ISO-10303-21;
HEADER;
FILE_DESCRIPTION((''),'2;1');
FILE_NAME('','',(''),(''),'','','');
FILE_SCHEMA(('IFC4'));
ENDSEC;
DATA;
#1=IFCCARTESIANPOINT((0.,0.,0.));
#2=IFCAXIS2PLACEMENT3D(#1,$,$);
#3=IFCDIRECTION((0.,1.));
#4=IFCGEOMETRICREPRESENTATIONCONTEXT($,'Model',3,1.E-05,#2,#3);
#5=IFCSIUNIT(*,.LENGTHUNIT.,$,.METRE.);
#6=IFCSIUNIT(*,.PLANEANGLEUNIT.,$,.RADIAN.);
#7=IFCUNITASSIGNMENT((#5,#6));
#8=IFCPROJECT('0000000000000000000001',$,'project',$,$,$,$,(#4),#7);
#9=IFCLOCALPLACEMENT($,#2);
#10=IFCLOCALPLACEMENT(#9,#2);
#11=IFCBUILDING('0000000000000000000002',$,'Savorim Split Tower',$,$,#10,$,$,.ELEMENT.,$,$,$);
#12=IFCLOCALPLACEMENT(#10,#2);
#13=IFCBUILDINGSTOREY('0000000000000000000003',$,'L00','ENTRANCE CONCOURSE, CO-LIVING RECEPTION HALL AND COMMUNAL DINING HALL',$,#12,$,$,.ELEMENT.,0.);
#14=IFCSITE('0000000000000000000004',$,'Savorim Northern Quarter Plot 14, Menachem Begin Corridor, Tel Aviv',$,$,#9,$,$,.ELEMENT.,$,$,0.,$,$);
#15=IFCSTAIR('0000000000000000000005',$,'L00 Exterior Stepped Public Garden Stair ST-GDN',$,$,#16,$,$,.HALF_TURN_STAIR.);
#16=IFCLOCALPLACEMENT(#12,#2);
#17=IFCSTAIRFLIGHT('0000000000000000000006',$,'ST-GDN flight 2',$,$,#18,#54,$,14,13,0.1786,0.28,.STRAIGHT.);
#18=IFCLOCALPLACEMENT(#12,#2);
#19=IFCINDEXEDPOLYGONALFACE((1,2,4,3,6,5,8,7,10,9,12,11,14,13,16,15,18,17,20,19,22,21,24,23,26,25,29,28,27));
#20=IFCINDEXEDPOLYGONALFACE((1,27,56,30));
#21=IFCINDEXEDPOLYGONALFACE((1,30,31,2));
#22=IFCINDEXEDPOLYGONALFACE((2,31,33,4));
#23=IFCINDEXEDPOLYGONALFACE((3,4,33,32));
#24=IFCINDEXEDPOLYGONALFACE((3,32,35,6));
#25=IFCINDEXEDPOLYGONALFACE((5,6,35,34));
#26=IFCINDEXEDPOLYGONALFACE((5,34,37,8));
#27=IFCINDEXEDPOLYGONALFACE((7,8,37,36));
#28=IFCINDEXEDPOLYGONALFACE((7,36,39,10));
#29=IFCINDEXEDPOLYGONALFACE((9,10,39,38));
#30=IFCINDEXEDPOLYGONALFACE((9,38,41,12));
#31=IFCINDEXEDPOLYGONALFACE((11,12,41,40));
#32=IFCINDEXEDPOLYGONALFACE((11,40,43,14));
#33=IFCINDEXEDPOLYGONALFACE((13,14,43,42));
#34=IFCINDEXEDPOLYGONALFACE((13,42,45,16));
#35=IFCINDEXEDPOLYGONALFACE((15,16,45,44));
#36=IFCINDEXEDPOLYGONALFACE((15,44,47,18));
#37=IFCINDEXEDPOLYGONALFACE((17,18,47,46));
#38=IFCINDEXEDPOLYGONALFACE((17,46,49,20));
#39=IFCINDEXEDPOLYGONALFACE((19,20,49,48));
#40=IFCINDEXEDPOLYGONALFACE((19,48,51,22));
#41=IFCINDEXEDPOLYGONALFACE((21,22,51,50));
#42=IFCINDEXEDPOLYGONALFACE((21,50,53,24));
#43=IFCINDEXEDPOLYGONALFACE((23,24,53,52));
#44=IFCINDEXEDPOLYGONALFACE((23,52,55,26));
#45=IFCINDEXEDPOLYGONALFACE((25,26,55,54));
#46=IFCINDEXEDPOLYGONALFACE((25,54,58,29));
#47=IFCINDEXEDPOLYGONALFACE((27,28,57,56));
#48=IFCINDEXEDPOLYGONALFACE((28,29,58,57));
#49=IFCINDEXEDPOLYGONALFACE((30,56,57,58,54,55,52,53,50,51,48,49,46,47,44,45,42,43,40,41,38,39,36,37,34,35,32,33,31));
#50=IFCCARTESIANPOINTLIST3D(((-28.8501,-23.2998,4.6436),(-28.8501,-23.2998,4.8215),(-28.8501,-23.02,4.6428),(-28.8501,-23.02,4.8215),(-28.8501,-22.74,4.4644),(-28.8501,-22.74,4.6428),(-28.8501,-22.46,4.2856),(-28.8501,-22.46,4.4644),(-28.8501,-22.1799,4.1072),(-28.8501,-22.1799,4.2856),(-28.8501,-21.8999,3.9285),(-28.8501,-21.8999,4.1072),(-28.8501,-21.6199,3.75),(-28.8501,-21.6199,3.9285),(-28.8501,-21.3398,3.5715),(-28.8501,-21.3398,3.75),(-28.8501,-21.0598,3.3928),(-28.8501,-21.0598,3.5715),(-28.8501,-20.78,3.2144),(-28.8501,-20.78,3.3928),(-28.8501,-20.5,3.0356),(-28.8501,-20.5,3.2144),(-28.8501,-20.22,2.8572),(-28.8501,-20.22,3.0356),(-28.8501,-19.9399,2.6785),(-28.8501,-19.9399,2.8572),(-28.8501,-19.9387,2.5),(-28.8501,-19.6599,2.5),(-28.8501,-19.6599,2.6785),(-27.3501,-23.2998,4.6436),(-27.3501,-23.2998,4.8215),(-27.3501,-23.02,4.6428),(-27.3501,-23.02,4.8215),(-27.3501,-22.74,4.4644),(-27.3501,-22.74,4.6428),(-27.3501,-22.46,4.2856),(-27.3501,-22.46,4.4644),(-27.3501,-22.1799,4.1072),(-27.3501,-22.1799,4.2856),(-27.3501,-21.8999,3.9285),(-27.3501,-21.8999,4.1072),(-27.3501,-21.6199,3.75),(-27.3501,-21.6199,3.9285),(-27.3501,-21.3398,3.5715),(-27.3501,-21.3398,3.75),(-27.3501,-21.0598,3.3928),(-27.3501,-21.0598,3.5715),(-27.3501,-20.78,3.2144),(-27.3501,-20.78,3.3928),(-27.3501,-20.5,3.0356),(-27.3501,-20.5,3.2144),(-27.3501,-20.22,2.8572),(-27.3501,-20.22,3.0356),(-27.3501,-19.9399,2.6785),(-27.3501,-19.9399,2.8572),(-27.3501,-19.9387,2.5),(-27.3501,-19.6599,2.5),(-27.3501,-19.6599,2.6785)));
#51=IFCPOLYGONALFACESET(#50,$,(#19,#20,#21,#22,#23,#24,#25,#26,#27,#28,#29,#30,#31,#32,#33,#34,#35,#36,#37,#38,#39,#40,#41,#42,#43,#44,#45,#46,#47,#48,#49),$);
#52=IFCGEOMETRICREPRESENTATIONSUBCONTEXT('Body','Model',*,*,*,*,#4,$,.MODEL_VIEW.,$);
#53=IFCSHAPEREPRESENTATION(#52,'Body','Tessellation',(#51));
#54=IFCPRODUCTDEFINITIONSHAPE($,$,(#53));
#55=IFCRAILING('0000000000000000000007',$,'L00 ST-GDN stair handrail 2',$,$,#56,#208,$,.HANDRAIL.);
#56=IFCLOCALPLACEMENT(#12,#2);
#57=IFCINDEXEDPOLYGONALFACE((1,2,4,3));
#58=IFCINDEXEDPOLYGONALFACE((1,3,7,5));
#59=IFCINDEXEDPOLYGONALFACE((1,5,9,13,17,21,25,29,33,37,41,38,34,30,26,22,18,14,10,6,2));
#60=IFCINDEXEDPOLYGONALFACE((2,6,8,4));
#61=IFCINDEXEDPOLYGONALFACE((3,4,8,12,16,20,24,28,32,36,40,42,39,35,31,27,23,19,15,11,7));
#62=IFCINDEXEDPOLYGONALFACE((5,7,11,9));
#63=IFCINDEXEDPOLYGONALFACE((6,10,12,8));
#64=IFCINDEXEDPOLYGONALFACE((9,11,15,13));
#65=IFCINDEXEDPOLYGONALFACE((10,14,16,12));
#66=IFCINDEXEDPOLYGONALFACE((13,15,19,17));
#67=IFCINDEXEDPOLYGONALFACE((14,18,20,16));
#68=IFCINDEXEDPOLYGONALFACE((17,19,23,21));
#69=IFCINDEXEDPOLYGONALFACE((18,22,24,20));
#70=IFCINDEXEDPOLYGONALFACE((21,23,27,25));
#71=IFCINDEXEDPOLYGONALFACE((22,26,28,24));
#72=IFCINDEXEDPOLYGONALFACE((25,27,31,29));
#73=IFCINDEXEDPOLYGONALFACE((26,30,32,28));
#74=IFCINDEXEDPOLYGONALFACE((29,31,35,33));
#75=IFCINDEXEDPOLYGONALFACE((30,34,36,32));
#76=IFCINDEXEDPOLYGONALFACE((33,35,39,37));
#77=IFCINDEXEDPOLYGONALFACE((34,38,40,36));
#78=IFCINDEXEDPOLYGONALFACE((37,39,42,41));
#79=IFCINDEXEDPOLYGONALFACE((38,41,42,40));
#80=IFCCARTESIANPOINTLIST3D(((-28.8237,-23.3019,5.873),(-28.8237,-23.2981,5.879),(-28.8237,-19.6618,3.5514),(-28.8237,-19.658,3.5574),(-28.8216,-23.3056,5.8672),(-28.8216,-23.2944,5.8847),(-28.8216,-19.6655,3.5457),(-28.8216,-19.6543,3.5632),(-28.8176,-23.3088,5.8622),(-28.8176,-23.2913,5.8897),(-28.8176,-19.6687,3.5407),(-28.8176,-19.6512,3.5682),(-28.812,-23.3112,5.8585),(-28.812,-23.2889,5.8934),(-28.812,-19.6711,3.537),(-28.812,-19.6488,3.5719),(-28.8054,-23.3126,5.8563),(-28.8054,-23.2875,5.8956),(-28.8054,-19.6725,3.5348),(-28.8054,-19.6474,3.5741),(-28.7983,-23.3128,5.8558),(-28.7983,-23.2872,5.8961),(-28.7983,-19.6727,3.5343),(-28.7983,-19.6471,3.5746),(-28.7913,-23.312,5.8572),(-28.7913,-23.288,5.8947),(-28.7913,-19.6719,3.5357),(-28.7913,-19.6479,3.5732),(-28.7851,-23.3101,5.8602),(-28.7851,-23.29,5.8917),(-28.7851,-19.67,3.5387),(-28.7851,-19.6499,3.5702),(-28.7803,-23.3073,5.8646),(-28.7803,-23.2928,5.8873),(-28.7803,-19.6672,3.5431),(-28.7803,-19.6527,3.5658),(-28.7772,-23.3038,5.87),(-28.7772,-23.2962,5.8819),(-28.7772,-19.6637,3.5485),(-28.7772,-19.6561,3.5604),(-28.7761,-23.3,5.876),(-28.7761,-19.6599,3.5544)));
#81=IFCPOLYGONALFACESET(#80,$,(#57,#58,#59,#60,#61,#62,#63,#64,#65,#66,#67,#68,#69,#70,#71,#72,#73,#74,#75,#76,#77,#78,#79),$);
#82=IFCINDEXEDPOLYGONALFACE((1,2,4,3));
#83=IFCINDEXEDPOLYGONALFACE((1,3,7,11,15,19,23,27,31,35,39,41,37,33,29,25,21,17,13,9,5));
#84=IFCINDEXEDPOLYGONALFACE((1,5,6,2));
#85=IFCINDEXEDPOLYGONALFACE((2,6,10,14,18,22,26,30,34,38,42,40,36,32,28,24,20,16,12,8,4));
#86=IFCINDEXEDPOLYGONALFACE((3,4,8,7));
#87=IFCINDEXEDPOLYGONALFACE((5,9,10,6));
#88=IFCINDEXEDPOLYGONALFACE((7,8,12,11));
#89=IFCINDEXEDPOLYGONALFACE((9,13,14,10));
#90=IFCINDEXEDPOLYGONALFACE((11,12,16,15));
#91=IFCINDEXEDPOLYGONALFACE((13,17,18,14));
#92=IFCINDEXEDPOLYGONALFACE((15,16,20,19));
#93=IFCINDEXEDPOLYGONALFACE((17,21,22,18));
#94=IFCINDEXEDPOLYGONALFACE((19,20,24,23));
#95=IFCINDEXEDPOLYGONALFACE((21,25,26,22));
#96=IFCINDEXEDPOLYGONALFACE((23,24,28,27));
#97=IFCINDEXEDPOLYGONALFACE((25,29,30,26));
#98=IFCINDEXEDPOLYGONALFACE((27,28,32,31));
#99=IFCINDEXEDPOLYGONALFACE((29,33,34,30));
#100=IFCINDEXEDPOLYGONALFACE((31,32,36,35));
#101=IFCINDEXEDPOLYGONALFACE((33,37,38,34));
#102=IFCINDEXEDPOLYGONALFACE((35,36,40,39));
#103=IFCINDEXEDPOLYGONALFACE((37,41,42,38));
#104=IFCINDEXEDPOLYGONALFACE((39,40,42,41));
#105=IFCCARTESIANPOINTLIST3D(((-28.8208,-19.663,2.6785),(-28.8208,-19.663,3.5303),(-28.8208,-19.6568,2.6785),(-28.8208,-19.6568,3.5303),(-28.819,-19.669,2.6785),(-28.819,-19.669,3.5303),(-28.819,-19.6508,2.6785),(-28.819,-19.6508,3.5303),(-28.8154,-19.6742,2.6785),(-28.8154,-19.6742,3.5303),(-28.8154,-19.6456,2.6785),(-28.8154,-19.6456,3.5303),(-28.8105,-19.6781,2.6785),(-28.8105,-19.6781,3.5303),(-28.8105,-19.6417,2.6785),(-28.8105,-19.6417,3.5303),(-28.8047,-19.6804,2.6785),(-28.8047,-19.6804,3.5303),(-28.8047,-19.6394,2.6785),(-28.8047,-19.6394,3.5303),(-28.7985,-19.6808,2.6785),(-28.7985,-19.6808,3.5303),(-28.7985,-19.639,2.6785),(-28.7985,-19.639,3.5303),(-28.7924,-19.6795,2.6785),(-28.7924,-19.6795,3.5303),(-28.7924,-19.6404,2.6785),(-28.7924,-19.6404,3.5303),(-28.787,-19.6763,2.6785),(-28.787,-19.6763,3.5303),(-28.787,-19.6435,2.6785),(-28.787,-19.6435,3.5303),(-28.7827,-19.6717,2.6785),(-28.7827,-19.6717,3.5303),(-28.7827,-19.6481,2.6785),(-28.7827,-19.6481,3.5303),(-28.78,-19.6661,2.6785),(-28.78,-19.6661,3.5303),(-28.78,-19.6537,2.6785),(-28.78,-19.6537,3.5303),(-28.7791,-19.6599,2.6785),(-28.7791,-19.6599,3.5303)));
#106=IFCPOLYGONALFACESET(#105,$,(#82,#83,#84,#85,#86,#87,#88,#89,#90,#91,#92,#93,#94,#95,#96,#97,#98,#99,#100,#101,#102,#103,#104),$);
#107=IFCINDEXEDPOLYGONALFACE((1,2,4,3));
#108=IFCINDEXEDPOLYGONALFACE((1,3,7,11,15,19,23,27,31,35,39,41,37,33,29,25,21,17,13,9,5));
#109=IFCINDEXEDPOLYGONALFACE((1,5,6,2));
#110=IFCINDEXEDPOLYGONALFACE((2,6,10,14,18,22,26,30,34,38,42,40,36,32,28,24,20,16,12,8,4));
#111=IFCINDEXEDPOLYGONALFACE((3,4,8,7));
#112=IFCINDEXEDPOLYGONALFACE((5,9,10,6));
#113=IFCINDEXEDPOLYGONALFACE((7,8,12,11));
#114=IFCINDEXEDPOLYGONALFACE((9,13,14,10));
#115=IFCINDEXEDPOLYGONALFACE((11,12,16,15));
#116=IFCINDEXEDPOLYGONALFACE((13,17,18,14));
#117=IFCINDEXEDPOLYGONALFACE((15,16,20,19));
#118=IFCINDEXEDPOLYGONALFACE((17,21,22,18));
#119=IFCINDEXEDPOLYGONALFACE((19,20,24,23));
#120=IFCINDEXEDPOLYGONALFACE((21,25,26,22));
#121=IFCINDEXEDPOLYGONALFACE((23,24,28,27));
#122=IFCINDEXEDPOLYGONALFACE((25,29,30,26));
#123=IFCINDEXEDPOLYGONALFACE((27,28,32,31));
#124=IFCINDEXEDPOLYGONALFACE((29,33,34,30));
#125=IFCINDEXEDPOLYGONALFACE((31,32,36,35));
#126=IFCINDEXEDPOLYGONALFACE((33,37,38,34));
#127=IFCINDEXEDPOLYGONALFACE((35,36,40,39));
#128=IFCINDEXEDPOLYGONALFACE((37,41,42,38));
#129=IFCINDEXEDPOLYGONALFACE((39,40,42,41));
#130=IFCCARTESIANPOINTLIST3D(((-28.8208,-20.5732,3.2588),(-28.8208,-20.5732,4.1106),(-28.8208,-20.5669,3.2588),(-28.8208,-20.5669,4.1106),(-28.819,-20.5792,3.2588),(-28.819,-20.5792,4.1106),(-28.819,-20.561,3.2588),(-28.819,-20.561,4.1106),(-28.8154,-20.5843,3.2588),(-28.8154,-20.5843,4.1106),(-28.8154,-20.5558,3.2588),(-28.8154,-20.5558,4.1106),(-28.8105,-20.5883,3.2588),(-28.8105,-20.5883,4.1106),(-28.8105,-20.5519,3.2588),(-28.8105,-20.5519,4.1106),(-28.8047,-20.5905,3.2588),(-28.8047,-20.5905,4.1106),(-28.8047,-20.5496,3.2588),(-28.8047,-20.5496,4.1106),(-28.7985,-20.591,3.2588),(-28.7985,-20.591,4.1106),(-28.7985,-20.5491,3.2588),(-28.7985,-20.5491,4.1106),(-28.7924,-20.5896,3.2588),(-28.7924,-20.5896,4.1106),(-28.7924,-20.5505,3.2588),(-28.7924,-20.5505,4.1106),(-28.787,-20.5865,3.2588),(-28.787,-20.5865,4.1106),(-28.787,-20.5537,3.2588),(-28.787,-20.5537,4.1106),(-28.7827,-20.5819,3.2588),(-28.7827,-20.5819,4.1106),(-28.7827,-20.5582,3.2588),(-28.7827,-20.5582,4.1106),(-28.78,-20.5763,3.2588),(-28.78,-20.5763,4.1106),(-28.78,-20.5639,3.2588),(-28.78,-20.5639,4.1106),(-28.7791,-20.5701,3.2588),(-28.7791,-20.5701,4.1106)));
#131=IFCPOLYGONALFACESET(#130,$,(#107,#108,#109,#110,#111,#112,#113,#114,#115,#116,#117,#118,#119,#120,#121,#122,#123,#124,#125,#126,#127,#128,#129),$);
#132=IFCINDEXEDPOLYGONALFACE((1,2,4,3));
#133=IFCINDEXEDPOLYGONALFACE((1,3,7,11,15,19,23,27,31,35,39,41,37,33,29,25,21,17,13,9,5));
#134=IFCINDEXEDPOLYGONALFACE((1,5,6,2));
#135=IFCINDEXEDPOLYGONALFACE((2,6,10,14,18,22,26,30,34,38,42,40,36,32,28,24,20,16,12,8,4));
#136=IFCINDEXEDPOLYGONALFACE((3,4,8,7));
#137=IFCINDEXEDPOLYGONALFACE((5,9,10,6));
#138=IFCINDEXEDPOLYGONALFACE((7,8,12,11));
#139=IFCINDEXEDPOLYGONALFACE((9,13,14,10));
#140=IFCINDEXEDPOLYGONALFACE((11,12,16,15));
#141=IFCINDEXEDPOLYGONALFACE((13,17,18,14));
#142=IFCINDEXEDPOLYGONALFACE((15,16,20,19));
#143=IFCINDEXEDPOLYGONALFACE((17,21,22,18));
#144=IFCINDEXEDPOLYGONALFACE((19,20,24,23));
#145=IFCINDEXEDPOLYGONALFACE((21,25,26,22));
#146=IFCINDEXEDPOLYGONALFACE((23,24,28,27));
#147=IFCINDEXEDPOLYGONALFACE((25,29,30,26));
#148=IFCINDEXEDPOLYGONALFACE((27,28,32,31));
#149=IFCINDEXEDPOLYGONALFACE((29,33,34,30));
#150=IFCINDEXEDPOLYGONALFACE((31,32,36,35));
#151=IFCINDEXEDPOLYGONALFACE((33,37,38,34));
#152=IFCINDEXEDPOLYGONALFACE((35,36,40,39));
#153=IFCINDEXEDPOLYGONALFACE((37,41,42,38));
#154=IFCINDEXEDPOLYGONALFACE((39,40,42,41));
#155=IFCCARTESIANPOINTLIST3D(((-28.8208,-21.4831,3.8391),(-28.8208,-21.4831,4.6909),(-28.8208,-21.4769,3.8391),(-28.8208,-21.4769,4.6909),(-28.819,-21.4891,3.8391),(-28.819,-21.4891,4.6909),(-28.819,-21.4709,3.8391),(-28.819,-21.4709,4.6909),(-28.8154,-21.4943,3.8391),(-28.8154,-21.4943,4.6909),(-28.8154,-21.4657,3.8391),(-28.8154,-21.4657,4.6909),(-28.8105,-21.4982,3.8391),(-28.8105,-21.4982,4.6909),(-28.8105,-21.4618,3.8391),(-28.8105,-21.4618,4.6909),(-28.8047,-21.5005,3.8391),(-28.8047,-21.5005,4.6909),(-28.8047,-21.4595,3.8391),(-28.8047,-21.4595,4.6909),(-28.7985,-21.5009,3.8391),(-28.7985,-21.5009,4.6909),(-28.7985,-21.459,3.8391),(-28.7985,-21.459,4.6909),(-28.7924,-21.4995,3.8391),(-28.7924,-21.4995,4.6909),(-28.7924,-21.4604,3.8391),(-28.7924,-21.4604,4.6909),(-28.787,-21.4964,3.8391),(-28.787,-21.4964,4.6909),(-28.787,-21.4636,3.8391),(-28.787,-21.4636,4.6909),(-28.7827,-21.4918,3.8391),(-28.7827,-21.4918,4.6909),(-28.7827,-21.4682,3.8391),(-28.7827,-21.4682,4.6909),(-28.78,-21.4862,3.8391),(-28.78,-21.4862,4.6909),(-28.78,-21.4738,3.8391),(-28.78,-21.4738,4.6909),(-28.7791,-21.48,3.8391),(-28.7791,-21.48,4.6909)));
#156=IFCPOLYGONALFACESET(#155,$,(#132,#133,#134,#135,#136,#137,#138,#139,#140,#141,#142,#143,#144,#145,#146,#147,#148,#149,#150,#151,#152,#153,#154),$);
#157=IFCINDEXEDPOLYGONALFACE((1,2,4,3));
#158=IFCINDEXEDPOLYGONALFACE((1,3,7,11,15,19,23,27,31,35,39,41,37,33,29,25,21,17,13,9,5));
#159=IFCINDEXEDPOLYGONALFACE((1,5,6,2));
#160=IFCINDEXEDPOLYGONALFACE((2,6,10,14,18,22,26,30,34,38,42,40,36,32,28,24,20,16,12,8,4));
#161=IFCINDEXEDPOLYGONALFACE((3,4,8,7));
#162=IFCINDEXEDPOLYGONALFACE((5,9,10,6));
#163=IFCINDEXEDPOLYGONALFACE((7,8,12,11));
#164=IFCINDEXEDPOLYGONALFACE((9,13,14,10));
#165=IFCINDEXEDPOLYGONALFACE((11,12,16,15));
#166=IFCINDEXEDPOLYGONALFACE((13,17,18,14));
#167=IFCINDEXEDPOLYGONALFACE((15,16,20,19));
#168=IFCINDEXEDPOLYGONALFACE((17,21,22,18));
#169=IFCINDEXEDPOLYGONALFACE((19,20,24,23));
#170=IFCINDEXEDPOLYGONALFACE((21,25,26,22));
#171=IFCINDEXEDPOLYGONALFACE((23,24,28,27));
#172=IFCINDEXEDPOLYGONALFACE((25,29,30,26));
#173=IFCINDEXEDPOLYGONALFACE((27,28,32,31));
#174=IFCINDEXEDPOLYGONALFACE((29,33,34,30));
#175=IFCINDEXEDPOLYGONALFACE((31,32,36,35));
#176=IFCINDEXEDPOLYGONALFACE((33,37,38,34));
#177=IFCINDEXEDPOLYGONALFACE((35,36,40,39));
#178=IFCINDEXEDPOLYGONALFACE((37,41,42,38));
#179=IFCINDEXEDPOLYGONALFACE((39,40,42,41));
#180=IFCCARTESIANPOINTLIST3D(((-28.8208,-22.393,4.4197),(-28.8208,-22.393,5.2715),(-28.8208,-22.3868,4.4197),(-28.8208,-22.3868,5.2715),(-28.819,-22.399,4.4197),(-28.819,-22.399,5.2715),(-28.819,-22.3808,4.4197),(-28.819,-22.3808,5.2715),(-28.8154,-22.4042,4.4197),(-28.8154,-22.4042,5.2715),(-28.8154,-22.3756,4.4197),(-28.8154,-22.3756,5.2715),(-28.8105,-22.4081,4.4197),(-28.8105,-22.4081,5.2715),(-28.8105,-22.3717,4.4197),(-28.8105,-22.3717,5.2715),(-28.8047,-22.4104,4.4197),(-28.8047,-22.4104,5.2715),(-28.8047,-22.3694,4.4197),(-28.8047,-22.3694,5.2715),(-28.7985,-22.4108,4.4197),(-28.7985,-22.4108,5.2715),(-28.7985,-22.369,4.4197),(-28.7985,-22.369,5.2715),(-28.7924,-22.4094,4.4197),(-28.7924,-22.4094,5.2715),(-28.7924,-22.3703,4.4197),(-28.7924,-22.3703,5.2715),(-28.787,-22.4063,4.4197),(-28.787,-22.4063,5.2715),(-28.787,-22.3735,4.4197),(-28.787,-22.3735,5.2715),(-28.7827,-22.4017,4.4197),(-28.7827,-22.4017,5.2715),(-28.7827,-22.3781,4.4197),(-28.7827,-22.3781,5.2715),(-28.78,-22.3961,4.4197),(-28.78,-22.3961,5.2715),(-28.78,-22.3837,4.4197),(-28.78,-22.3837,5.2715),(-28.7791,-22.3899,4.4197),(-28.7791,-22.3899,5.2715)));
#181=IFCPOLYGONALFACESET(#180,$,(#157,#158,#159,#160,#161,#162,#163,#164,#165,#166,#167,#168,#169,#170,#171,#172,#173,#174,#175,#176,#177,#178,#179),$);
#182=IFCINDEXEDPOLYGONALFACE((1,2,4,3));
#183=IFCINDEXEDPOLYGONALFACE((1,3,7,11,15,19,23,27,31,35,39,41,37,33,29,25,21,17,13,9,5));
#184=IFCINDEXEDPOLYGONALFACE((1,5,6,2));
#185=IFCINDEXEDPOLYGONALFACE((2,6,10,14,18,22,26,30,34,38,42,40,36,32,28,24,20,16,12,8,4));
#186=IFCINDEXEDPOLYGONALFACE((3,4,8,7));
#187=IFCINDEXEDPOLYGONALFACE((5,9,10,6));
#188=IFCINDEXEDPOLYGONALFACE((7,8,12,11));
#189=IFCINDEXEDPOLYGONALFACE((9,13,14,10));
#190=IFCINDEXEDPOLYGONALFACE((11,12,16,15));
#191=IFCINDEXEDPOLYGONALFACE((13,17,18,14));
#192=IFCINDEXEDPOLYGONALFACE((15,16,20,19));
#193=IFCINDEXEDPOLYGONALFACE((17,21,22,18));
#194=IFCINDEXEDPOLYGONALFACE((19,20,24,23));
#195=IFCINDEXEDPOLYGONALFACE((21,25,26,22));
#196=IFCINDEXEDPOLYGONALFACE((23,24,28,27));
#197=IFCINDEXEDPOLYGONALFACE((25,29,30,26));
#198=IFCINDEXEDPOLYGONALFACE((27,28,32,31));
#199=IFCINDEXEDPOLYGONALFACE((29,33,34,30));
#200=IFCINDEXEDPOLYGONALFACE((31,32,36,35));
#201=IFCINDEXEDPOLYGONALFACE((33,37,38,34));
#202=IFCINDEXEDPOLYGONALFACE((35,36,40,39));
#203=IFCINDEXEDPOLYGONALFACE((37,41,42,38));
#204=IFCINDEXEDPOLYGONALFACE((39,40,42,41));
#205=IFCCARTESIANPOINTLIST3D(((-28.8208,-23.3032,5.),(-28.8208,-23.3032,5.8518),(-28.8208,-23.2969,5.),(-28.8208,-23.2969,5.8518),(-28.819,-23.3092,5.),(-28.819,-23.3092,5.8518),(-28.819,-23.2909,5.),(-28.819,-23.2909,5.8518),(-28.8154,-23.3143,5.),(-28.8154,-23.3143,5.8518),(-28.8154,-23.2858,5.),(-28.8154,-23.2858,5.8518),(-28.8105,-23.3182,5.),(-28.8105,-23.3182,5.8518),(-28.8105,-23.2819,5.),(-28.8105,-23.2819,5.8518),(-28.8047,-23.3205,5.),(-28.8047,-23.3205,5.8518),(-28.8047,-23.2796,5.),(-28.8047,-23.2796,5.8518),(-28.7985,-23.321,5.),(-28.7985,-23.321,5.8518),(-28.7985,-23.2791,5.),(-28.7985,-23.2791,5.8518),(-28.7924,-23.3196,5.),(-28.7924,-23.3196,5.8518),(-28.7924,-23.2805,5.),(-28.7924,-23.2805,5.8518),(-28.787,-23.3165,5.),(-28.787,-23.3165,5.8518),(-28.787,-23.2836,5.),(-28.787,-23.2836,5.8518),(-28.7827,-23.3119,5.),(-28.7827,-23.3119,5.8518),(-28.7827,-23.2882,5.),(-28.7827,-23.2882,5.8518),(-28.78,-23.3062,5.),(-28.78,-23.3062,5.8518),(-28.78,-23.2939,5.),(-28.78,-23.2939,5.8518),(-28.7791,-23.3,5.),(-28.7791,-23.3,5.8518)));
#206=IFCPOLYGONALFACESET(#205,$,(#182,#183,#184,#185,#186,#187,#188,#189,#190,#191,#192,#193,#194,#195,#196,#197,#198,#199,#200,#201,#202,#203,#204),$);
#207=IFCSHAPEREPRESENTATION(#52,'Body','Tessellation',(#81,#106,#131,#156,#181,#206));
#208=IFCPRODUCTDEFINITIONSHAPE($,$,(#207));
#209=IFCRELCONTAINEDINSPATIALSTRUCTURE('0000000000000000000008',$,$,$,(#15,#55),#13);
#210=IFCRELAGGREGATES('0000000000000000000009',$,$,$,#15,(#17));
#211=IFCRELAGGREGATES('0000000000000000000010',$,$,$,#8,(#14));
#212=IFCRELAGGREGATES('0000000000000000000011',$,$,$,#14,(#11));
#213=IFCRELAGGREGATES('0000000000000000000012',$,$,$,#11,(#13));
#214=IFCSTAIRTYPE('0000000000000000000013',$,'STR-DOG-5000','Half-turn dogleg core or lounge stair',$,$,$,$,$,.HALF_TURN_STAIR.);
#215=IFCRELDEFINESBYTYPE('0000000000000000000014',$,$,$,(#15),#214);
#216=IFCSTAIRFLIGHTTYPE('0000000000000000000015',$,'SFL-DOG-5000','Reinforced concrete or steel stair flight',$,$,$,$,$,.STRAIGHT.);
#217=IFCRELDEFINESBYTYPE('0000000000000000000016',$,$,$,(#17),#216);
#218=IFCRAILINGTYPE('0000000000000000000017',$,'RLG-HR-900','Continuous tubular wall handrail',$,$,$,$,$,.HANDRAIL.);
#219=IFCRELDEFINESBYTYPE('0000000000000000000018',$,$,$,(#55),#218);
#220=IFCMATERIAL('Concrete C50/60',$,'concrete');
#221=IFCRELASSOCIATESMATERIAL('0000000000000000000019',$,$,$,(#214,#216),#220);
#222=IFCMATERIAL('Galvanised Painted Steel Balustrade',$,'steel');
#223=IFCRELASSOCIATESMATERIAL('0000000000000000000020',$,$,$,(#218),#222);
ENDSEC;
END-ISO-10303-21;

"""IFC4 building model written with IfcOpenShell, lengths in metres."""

from ifc_helpers import new_model, si_unit, direction, frame, origin, origin_2d, place, context, subcontext, project, spatial, polyline, circle, outline, extrude, material, type_object, element, aggregate, save


model = new_model("IFC4")

# Units and contexts
model_context = context("Model", 3, precision=1e-05, world=origin(), true_north=direction((0.0, 1.0)))
body_context = subcontext(model_context, "Body", "Model", "MODEL_VIEW")
ifc_project = project(units=[si_unit("LENGTHUNIT", "METRE"), si_unit("PLANEANGLEUNIT", "RADIAN")], contexts=[model_context])

# Site, building, storey
site_placement = place(None, origin())
site = spatial("IfcSite", under=ifc_project, at=site_placement, Name="Savorim Northern Quarter Plot 14, Menachem Begin Corridor, Tel Aviv", CompositionType="ELEMENT", RefElevation=0.0)
building_placement = place(site_placement, origin())
building = spatial("IfcBuilding", under=site, at=building_placement, Name="Savorim Split Tower", CompositionType="ELEMENT")
storey_placement = place(building_placement, origin())
storey = spatial("IfcBuildingStorey", under=building, at=storey_placement, Name="L00", Description="ENTRANCE CONCOURSE, CO-LIVING RECEPTION HALL AND COMMUNAL DINING HALL", CompositionType="ELEMENT", Elevation=0.0)

# Stair, stair flight
ifc_material_1 = material(Name="Concrete C50/60", Category="concrete")
stair_type = type_object("IfcStairType", Name="STR-DOG-5000", Description="Half-turn dogleg core or lounge stair", PredefinedType="HALF_TURN_STAIR", material=ifc_material_1)
stair_placement = place(storey_placement, origin())
stair = element("IfcStair", 1, at=stair_placement, inside=storey, type_object=stair_type, Name="L00 Exterior Stepped Public Garden Stair ST-GDN", PredefinedType="HALF_TURN_STAIR")
stair_flight_type = type_object("IfcStairFlightType", Name="SFL-DOG-5000", Description="Reinforced concrete or steel stair flight", PredefinedType="STRAIGHT", material=ifc_material_1)
stair_flight_placement = place(storey_placement, frame((-28.1001, -19.6599, 2.5), z_axis=(0.0, 0.0, 1.0), x_axis=(0.0, -1.0, 0.0)))
stair_flight = element("IfcStairFlight", 2, at=stair_flight_placement, type_object=stair_flight_type, Name="ST-GDN flight 2", NumberOfRisers=14, NumberOfTreads=13, PredefinedType="STRAIGHT", RiserHeight=0.1786, TreadLength=0.28, context=body_context, shape_type="SweptSolid", body=[
    extrude(outline(polyline([(0.0, 0.0), (0.0, 0.1785), (0.28, 0.1785), (0.28, 0.3572), (0.5601, 0.3572), (0.5601, 0.5356), (0.8401, 0.5356), (0.8401, 0.7144), (1.1201, 0.7144), (1.1201, 0.8928), (1.3999, 0.8928), (1.3999, 1.0715), (1.6799, 1.0715), (1.6799, 1.25), (1.96, 1.25), (1.96, 1.4285), (2.24, 1.4285), (2.24, 1.6072), (2.52, 1.6072), (2.52, 1.7856), (2.8, 1.7856), (2.8, 1.9644), (3.0801, 1.9644), (3.0801, 2.1428), (3.3601, 2.1428), (3.3601, 2.3215), (3.6399, 2.3215), (3.6399, 2.5), (3.6399, 2.1436), (0.2788, 0.0), (0.0, 0.0)])), frame((0.0, 0.75, 0.0), z_axis=(0.0, -1.0, 0.0), x_axis=(1.0, 0.0, 0.0)), (0.0, 0.0, 1.0), 1.5),
])
aggregate(stair, [stair_flight])

# Railing
ifc_material_2 = material(Name="Galvanised Painted Steel Balustrade", Category="steel")
railing_type_1 = type_object("IfcRailingType", Name="RLG-HR-900", Description="Continuous tubular wall handrail", PredefinedType="HANDRAIL", material=ifc_material_2)
railing_1_placement = place(storey_placement, frame((-28.8, -19.6599, 2.6785)))
element("IfcRailing", 3, at=railing_1_placement, inside=storey, type_object=railing_type_1, Name="L00 ST-GDN stair handrail 2", PredefinedType="HANDRAIL", context=body_context, shape_type="SweptSolid", body=[
    extrude(circle(Radius=0.0239, at=origin_2d()), frame((0.0, 0.0, 0.876), z_axis=(0.0, -0.843128, 0.537713), x_axis=(1.0, 0.0, 0.0)), (0.0, 0.0, 1.0), 4.3174),
    extrude(circle(Radius=0.021, at=origin_2d()), origin(), (0.0, 0.0, 1.0), 0.8518),
    extrude(circle(Radius=0.021, at=origin_2d()), frame((0.0, -0.9102, 0.5803)), (0.0, 0.0, 1.0), 0.8518),
    extrude(circle(Radius=0.021, at=origin_2d()), frame((0.0, -1.8201, 1.1606)), (0.0, 0.0, 1.0), 0.8518),
    extrude(circle(Radius=0.021, at=origin_2d()), frame((0.0, -2.73, 1.7412)), (0.0, 0.0, 1.0), 0.8518),
    extrude(circle(Radius=0.021, at=origin_2d()), frame((0.0, -3.6401, 2.3215)), (0.0, 0.0, 1.0), 0.8518),
])

save(model, "model.ifc")
